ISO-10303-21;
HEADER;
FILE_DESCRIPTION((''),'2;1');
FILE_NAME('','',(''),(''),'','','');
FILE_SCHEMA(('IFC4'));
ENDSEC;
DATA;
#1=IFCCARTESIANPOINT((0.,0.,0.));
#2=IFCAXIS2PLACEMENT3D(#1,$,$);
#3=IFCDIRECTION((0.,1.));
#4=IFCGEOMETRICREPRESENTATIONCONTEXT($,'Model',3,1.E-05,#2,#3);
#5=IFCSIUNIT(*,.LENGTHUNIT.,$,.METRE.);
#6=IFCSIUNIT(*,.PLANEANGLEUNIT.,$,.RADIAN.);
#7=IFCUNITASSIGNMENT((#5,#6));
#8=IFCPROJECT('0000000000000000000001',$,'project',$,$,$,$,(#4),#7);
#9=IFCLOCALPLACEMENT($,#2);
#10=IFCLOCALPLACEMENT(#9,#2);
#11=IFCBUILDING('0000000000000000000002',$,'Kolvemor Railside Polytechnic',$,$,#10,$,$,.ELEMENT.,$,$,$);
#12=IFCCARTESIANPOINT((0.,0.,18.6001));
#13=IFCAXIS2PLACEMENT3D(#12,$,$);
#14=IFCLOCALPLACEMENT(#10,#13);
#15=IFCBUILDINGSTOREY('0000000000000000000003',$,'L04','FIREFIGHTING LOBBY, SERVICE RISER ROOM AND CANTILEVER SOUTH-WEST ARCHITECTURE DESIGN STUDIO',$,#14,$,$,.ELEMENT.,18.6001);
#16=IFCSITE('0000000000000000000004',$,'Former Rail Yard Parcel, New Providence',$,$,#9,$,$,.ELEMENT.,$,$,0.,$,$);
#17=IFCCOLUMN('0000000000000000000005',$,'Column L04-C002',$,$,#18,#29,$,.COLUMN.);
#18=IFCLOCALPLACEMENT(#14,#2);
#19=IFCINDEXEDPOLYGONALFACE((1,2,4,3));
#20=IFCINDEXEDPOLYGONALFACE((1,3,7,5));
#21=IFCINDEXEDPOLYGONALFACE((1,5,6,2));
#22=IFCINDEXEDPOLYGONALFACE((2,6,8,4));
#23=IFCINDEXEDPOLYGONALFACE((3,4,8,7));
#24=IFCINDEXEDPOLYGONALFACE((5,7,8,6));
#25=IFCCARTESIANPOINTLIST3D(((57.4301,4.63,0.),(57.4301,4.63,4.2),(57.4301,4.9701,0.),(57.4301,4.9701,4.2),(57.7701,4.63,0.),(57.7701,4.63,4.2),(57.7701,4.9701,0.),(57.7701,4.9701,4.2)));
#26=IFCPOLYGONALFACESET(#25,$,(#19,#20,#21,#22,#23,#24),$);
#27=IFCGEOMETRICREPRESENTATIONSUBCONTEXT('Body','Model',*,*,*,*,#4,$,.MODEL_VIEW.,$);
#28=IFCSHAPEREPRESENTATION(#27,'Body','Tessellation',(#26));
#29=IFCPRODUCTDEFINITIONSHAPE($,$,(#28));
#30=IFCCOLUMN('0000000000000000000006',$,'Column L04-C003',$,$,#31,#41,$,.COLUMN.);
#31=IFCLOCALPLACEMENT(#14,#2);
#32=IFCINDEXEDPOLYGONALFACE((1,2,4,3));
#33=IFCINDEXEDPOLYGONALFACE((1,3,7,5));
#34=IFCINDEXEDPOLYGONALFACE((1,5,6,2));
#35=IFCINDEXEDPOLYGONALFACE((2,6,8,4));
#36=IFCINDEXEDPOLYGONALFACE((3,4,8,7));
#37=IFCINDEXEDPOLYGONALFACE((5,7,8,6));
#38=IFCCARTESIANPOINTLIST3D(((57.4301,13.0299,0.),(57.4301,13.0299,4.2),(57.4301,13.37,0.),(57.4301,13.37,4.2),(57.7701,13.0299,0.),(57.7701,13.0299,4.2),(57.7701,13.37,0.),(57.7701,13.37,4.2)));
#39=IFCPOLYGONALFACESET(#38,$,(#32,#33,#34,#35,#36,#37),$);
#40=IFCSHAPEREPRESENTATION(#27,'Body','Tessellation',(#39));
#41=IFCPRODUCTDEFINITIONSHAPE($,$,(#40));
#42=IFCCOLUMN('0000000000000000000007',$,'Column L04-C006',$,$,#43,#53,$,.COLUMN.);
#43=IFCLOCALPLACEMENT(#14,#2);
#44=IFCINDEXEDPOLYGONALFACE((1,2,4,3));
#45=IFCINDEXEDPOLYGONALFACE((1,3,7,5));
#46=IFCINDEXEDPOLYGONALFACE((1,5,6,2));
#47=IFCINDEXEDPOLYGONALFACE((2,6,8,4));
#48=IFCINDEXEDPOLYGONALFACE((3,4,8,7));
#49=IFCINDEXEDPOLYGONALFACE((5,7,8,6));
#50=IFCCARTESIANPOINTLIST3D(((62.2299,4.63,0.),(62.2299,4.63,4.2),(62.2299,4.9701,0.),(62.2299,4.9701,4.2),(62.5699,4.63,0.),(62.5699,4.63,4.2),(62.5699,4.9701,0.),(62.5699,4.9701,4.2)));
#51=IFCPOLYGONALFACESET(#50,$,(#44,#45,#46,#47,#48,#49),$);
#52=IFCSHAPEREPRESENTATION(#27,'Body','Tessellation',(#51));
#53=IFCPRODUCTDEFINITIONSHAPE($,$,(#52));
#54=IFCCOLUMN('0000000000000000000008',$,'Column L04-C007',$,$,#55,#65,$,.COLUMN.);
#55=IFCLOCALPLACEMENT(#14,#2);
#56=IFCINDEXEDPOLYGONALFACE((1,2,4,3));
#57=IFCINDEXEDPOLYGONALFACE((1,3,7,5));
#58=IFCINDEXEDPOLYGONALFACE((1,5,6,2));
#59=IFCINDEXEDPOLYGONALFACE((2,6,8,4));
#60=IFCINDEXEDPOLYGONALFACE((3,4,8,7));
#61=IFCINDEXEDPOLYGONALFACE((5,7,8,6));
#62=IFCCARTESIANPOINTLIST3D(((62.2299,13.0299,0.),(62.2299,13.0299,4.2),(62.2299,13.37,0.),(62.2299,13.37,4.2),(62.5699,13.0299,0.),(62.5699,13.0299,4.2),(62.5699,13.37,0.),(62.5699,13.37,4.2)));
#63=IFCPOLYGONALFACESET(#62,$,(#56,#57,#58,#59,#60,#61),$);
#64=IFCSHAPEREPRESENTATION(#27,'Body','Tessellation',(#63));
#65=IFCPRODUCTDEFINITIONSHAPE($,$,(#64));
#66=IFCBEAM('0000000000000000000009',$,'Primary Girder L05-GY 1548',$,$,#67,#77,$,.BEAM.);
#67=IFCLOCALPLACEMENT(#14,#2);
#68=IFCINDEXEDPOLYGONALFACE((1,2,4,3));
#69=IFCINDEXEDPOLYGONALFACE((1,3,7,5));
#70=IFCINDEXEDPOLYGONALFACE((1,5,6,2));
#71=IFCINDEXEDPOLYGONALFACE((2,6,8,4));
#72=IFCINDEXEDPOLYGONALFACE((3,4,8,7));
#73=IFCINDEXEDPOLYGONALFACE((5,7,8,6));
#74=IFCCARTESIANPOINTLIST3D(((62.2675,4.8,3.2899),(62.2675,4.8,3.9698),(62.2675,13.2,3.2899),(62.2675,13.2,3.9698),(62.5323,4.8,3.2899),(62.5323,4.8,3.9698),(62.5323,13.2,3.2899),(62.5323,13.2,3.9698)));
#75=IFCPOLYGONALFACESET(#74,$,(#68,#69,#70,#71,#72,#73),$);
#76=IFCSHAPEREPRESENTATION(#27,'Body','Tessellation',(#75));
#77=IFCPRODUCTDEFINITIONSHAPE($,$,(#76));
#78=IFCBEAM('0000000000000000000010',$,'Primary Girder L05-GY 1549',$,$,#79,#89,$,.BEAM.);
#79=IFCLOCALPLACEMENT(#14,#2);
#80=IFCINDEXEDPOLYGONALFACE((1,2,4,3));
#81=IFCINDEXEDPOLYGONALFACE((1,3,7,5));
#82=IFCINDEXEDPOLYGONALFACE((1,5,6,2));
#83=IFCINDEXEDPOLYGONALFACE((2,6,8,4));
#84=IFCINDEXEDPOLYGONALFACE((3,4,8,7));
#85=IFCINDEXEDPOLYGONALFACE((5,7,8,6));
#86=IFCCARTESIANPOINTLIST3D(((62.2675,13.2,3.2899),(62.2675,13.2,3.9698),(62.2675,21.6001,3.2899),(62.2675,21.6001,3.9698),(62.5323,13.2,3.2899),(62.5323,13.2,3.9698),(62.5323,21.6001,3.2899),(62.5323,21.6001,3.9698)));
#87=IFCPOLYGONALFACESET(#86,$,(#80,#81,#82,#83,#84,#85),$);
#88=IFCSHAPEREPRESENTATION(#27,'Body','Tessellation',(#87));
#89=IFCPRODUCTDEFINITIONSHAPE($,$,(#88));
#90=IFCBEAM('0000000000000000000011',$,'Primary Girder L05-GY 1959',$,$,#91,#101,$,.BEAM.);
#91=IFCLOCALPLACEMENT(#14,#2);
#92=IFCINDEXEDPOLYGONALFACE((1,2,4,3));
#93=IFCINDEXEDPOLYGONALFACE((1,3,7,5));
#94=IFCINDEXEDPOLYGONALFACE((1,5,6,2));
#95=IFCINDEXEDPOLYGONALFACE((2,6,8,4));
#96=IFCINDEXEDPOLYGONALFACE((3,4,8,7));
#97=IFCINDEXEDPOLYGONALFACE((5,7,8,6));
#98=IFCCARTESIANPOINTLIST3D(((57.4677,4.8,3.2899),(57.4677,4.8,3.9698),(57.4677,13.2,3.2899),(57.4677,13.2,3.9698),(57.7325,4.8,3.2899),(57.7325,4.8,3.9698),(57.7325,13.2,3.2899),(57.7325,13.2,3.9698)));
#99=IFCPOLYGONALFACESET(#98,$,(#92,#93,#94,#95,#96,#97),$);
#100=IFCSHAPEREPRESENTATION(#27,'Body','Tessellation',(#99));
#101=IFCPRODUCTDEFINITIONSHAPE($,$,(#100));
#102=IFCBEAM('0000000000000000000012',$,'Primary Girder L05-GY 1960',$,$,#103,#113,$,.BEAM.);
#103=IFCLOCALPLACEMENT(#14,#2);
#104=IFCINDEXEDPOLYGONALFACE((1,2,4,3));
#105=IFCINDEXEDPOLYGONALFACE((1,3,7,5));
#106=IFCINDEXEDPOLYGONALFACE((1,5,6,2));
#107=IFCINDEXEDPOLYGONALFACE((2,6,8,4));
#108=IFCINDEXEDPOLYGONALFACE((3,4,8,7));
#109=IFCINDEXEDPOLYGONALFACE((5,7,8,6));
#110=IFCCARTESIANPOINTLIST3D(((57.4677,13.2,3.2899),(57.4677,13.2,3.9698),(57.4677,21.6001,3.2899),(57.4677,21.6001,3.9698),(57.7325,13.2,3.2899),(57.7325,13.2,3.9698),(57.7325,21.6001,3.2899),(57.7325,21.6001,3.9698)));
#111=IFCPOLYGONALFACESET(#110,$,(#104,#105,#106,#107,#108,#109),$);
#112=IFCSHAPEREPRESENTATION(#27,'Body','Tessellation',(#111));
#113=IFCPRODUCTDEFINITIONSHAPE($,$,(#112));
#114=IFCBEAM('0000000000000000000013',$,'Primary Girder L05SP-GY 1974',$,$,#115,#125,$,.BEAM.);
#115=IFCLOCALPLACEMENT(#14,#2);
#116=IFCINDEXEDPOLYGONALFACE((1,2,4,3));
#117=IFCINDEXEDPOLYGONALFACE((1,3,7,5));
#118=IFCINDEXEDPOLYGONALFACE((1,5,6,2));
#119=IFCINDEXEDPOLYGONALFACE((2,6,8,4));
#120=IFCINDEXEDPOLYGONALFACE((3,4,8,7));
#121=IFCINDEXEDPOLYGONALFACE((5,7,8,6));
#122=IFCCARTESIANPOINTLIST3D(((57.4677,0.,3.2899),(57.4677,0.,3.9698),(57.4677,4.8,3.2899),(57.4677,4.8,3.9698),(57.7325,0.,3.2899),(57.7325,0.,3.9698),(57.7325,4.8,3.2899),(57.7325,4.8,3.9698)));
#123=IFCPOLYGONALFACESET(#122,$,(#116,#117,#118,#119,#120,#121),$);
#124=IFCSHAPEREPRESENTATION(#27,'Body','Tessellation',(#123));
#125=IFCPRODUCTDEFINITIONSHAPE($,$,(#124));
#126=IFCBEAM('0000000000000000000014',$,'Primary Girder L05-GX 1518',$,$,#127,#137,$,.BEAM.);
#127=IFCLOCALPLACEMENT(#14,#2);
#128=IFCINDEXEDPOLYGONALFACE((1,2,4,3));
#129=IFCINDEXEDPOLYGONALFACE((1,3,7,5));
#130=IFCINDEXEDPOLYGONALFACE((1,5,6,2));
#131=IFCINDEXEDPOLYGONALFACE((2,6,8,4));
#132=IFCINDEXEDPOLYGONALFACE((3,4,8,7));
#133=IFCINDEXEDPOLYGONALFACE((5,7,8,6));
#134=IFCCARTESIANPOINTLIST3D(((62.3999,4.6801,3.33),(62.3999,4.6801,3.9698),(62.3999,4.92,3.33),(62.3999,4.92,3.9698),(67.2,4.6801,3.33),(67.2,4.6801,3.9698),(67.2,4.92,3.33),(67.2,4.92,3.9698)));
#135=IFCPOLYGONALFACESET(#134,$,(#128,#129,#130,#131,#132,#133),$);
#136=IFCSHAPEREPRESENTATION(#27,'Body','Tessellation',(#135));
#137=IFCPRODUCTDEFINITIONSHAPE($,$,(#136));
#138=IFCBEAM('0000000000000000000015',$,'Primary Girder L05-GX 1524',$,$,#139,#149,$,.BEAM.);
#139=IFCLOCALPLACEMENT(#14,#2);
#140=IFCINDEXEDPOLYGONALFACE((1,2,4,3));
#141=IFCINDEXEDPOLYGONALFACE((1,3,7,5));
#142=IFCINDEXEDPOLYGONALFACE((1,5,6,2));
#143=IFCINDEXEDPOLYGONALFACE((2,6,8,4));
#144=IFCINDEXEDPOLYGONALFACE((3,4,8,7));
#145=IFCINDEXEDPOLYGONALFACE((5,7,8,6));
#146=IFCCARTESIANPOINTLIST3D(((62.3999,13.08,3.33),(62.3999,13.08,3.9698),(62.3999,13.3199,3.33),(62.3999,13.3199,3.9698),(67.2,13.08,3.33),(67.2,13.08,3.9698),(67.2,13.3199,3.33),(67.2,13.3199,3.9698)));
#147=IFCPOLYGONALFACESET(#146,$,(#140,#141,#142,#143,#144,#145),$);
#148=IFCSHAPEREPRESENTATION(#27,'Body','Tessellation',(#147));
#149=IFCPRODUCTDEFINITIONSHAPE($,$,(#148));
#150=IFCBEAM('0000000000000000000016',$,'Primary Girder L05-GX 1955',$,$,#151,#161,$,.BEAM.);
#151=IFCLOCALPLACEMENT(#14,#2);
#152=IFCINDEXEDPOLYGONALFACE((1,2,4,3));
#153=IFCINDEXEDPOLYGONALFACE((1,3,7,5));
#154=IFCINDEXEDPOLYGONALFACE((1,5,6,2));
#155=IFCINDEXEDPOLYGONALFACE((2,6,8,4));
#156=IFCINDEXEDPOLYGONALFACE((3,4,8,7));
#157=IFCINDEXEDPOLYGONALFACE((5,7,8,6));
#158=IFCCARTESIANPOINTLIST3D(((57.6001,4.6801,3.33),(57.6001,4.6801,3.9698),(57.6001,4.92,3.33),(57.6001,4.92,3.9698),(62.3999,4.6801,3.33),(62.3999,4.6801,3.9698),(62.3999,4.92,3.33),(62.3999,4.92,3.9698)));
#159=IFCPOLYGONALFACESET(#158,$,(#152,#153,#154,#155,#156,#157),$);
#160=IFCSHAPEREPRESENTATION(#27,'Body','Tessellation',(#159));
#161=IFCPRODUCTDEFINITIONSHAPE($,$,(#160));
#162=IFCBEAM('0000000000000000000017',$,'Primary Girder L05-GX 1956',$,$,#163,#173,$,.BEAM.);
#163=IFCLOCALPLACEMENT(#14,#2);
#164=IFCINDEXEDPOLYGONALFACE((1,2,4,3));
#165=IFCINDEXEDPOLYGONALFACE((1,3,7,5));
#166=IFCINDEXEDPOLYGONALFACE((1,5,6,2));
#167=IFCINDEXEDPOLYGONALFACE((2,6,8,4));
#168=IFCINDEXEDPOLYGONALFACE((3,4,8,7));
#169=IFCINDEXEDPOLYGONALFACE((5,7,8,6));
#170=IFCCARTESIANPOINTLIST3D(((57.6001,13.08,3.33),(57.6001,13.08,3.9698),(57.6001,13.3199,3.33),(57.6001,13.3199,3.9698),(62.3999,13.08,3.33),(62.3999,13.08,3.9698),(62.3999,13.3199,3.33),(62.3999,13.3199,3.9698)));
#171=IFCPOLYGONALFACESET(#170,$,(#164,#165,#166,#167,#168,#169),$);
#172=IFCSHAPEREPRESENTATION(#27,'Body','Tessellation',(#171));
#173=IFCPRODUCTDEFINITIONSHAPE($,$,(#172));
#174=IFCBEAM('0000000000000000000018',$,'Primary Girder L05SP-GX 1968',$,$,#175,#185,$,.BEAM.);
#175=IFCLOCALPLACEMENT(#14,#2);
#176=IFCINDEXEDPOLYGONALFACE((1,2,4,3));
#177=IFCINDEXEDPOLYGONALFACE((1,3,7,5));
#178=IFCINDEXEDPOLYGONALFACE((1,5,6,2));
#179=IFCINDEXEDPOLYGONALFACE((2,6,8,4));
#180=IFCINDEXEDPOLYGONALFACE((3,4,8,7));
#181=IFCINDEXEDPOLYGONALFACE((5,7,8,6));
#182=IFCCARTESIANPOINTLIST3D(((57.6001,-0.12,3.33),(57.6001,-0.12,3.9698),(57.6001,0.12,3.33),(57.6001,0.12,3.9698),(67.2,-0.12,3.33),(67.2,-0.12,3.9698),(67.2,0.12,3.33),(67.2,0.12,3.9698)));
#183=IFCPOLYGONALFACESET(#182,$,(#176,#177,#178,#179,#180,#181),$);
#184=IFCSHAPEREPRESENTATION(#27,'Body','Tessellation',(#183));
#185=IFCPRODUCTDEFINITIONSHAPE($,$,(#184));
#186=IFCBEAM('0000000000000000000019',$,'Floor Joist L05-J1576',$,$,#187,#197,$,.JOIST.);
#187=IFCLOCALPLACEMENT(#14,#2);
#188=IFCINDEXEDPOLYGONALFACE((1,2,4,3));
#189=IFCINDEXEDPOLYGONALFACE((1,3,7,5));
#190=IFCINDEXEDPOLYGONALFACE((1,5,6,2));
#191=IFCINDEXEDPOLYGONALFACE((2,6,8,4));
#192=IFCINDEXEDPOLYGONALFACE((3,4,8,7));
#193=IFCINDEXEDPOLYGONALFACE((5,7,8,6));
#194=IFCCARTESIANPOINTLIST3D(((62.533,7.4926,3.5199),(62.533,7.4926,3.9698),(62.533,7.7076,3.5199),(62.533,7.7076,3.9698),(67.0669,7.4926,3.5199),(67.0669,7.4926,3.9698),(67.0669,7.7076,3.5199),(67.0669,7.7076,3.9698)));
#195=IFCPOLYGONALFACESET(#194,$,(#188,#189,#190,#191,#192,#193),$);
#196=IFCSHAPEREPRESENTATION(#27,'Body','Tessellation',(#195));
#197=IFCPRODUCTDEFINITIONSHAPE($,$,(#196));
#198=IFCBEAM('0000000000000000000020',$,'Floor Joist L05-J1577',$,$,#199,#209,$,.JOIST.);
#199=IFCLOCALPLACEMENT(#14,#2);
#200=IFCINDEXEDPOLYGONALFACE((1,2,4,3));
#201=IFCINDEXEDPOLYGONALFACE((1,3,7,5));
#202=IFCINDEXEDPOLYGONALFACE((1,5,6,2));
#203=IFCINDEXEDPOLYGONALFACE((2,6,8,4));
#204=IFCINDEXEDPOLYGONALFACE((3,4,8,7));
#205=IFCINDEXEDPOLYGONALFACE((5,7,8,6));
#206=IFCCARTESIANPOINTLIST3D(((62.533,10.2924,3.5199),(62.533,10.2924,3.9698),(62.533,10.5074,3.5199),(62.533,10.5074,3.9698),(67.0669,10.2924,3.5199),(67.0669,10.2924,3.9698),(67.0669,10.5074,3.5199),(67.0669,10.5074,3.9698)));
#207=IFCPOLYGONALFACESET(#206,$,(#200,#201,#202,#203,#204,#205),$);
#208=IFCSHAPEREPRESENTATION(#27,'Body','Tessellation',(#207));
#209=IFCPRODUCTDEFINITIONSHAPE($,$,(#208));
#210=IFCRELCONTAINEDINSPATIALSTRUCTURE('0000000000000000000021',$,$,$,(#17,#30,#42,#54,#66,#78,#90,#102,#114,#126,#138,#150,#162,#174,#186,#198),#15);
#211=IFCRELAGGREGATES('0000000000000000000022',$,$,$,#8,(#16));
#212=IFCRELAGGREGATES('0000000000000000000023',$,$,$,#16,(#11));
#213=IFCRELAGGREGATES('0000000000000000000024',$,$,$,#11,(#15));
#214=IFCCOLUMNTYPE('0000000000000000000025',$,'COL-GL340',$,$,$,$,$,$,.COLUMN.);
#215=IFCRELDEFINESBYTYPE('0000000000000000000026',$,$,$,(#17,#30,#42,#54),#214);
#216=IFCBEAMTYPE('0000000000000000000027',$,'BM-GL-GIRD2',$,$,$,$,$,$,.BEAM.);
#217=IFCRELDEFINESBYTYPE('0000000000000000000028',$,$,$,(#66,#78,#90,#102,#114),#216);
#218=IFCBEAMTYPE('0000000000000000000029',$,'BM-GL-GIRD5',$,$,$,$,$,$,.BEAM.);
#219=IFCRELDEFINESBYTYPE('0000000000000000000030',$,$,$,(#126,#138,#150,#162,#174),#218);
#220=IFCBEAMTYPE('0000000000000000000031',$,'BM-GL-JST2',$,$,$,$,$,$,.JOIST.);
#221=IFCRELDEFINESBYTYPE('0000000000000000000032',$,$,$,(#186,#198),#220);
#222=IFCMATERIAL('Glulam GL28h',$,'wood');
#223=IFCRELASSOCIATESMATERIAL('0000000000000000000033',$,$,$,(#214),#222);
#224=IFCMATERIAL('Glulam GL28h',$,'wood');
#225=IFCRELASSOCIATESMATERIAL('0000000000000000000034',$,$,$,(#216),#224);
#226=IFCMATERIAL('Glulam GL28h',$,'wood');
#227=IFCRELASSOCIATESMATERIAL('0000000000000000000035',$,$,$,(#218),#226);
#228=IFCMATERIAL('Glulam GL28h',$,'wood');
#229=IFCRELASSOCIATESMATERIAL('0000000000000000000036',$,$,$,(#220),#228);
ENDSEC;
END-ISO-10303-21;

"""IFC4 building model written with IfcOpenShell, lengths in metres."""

from ifc_helpers import new_model, si_unit, direction, frame, origin, origin_2d, place, context, subcontext, project, spatial, rectangle, extrude, material, material_profile, profile_set, type_object, element, save


model = new_model("IFC4")

# Units and contexts
model_context = context("Model", 3, precision=1e-05, world=origin(), true_north=direction((0.0, 1.0)))
body_context = subcontext(model_context, "Body", "Model", "MODEL_VIEW")
ifc_project = project(units=[si_unit("LENGTHUNIT", "METRE"), si_unit("PLANEANGLEUNIT", "RADIAN")], contexts=[model_context])

# Site, building, storey
site_placement = place(None, origin())
site = spatial("IfcSite", under=ifc_project, at=site_placement, Name="Former Rail Yard Parcel, New Providence", CompositionType="ELEMENT", RefElevation=0.0)
building_placement = place(site_placement, origin())
building = spatial("IfcBuilding", under=site, at=building_placement, Name="Kolvemor Railside Polytechnic", CompositionType="ELEMENT")
storey_placement = place(building_placement, frame((0.0, 0.0, 18.6001)))
storey = spatial("IfcBuildingStorey", under=building, at=storey_placement, Name="L04", Description="FIREFIGHTING LOBBY, SERVICE RISER ROOM AND CANTILEVER SOUTH-WEST ARCHITECTURE DESIGN STUDIO", CompositionType="ELEMENT", Elevation=18.6001)

# Columns
ifc_material_1 = material(Name="Glulam GL28h", Category="wood")
ifc_material_profile_1 = material_profile(ifc_material_1, rectangle(XDim=0.3401, YDim=0.3401, at=origin_2d()), Name="GL340x340")
ifc_profile_set_1 = profile_set([ifc_material_profile_1], Name="Glulam GL28h")
column_type = type_object("IfcColumnType", Name="COL-GL340", PredefinedType="COLUMN", material=ifc_profile_set_1)
for number, where, z_axis, x_axis, name in (
    (1, (57.6001, 4.8, 0.0), (0.0, 0.0, 1.0), (1.0, 0.0, 0.0), "Column L04-C002"),
    (2, (57.6001, 13.2, 0.0), (0.0, 0.0, 1.0), (1.0, 0.0, 0.0), "Column L04-C003"),
    (3, (62.3999, 4.8, 0.0), (0.0, 0.0, 1.0), (1.0, 0.0, 0.0), "Column L04-C006"),
    (4, (62.3999, 13.2, 0.0), (0.0, 0.0, 1.0), (1.0, 0.0, 0.0), "Column L04-C007"),
):
    element("IfcColumn", number, at=place(storey_placement, frame(where, z_axis=z_axis, x_axis=x_axis)), inside=storey, type_object=column_type, Name=name, PredefinedType="COLUMN", context=body_context, shape_type="SweptSolid", body=[
        extrude(rectangle(XDim=0.3401, YDim=0.3401, at=origin_2d()), origin(), (0.0, 0.0, 1.0), 4.2),
    ])

# Beams
ifc_material_2 = material(Name="Glulam GL28h", Category="wood")
ifc_material_profile_2 = material_profile(ifc_material_2, rectangle(XDim=0.2649, YDim=0.6799, at=origin_2d()), Name="GL265x680")
ifc_profile_set_2 = profile_set([ifc_material_profile_2], Name="Glulam GL28h")
beam_type_1 = type_object("IfcBeamType", Name="BM-GL-GIRD2", PredefinedType="BEAM", material=ifc_profile_set_2)
beam_1_placement = place(storey_placement, frame((62.3999, 4.8, 3.6299), z_axis=(0.0, 1.0, 0.0), x_axis=(-1.0, 0.0, 0.0)))
element("IfcBeam", 5, at=beam_1_placement, inside=storey, type_object=beam_type_1, Name="Primary Girder L05-GY 1548", PredefinedType="BEAM", context=body_context, shape_type="SweptSolid", body=[
    extrude(rectangle(XDim=0.2649, YDim=0.6799, at=origin_2d()), origin(), (0.0, 0.0, 1.0), 8.3999),
])
beam_2_placement = place(storey_placement, frame((62.3999, 13.2, 3.6299), z_axis=(0.0, 1.0, 0.0), x_axis=(-1.0, 0.0, 0.0)))
element("IfcBeam", 6, at=beam_2_placement, inside=storey, type_object=beam_type_1, Name="Primary Girder L05-GY 1549", PredefinedType="BEAM", context=body_context, shape_type="SweptSolid", body=[
    extrude(rectangle(XDim=0.2649, YDim=0.6799, at=origin_2d()), origin(), (0.0, 0.0, 1.0), 8.4001),
])
beam_3_placement = place(storey_placement, frame((57.6001, 4.8, 3.6299), z_axis=(0.0, 1.0, 0.0), x_axis=(-1.0, 0.0, 0.0)))
element("IfcBeam", 7, at=beam_3_placement, inside=storey, type_object=beam_type_1, Name="Primary Girder L05-GY 1959", PredefinedType="BEAM", context=body_context, shape_type="SweptSolid", body=[
    extrude(rectangle(XDim=0.2649, YDim=0.6799, at=origin_2d()), origin(), (0.0, 0.0, 1.0), 8.3999),
])
beam_4_placement = place(storey_placement, frame((57.6001, 13.2, 3.6299), z_axis=(0.0, 1.0, 0.0), x_axis=(-1.0, 0.0, 0.0)))
element("IfcBeam", 8, at=beam_4_placement, inside=storey, type_object=beam_type_1, Name="Primary Girder L05-GY 1960", PredefinedType="BEAM", context=body_context, shape_type="SweptSolid", body=[
    extrude(rectangle(XDim=0.2649, YDim=0.6799, at=origin_2d()), origin(), (0.0, 0.0, 1.0), 8.4001),
])
beam_5_placement = place(storey_placement, frame((57.6001, 0.0, 3.6299), z_axis=(0.0, 1.0, 0.0), x_axis=(-1.0, 0.0, 0.0)))
element("IfcBeam", 9, at=beam_5_placement, inside=storey, type_object=beam_type_1, Name="Primary Girder L05SP-GY 1974", PredefinedType="BEAM", context=body_context, shape_type="SweptSolid", body=[
    extrude(rectangle(XDim=0.2649, YDim=0.6799, at=origin_2d()), origin(), (0.0, 0.0, 1.0), 4.8),
])
ifc_material_3 = material(Name="Glulam GL28h", Category="wood")
ifc_material_profile_3 = material_profile(ifc_material_3, rectangle(XDim=0.24, YDim=0.6399, at=origin_2d()), Name="GL240x640")
ifc_profile_set_3 = profile_set([ifc_material_profile_3], Name="Glulam GL28h")
beam_type_2 = type_object("IfcBeamType", Name="BM-GL-GIRD5", PredefinedType="BEAM", material=ifc_profile_set_3)
for number, where, z_axis, x_axis, name in (
    (10, (62.3999, 4.8, 3.6499), (1.0, 0.0, 0.0), (0.0, 1.0, 0.0), "Primary Girder L05-GX 1518"),
    (11, (62.3999, 13.2, 3.6499), (1.0, 0.0, 0.0), (0.0, 1.0, 0.0), "Primary Girder L05-GX 1524"),
):
    element("IfcBeam", number, at=place(storey_placement, frame(where, z_axis=z_axis, x_axis=x_axis)), inside=storey, type_object=beam_type_2, Name=name, PredefinedType="BEAM", context=body_context, shape_type="SweptSolid", body=[
        extrude(rectangle(XDim=0.24, YDim=0.6399, at=origin_2d()), origin(), (0.0, 0.0, 1.0), 4.8),
    ])
for number, where, z_axis, x_axis, name in (
    (12, (57.6001, 4.8, 3.6499), (1.0, 0.0, 0.0), (0.0, 1.0, 0.0), "Primary Girder L05-GX 1955"),
    (13, (57.6001, 13.2, 3.6499), (1.0, 0.0, 0.0), (0.0, 1.0, 0.0), "Primary Girder L05-GX 1956"),
):
    element("IfcBeam", number, at=place(storey_placement, frame(where, z_axis=z_axis, x_axis=x_axis)), inside=storey, type_object=beam_type_2, Name=name, PredefinedType="BEAM", context=body_context, shape_type="SweptSolid", body=[
        extrude(rectangle(XDim=0.24, YDim=0.6399, at=origin_2d()), origin(), (0.0, 0.0, 1.0), 4.7998),
    ])
beam_6_placement = place(storey_placement, frame((57.6001, 0.0, 3.6499), z_axis=(1.0, 0.0, 0.0), x_axis=(0.0, 1.0, 0.0)))
element("IfcBeam", 14, at=beam_6_placement, inside=storey, type_object=beam_type_2, Name="Primary Girder L05SP-GX 1968", PredefinedType="BEAM", context=body_context, shape_type="SweptSolid", body=[
    extrude(rectangle(XDim=0.24, YDim=0.6399, at=origin_2d()), origin(), (0.0, 0.0, 1.0), 9.5999),
])
ifc_material_4 = material(Name="Glulam GL28h", Category="wood")
ifc_material_profile_4 = material_profile(ifc_material_4, rectangle(XDim=0.2151, YDim=0.45, at=origin_2d()), Name="GL215x450")
ifc_profile_set_4 = profile_set([ifc_material_profile_4], Name="Glulam GL28h")
beam_type_3 = type_object("IfcBeamType", Name="BM-GL-JST2", PredefinedType="JOIST", material=ifc_profile_set_4)
for number, where, z_axis, x_axis, name in (
    (15, (62.533, 7.6001, 3.7449), (1.0, 0.0, 0.0), (0.0, 1.0, 0.0), "Floor Joist L05-J1576"),
    (16, (62.533, 10.3999, 3.7449), (1.0, 0.0, 0.0), (0.0, 1.0, 0.0), "Floor Joist L05-J1577"),
):
    element("IfcBeam", number, at=place(storey_placement, frame(where, z_axis=z_axis, x_axis=x_axis)), inside=storey, type_object=beam_type_3, Name=name, PredefinedType="JOIST", context=body_context, shape_type="SweptSolid", body=[
        extrude(rectangle(XDim=0.2151, YDim=0.45, at=origin_2d()), origin(), (0.0, 0.0, 1.0), 4.5339),
    ])

save(model, "model.ifc")
